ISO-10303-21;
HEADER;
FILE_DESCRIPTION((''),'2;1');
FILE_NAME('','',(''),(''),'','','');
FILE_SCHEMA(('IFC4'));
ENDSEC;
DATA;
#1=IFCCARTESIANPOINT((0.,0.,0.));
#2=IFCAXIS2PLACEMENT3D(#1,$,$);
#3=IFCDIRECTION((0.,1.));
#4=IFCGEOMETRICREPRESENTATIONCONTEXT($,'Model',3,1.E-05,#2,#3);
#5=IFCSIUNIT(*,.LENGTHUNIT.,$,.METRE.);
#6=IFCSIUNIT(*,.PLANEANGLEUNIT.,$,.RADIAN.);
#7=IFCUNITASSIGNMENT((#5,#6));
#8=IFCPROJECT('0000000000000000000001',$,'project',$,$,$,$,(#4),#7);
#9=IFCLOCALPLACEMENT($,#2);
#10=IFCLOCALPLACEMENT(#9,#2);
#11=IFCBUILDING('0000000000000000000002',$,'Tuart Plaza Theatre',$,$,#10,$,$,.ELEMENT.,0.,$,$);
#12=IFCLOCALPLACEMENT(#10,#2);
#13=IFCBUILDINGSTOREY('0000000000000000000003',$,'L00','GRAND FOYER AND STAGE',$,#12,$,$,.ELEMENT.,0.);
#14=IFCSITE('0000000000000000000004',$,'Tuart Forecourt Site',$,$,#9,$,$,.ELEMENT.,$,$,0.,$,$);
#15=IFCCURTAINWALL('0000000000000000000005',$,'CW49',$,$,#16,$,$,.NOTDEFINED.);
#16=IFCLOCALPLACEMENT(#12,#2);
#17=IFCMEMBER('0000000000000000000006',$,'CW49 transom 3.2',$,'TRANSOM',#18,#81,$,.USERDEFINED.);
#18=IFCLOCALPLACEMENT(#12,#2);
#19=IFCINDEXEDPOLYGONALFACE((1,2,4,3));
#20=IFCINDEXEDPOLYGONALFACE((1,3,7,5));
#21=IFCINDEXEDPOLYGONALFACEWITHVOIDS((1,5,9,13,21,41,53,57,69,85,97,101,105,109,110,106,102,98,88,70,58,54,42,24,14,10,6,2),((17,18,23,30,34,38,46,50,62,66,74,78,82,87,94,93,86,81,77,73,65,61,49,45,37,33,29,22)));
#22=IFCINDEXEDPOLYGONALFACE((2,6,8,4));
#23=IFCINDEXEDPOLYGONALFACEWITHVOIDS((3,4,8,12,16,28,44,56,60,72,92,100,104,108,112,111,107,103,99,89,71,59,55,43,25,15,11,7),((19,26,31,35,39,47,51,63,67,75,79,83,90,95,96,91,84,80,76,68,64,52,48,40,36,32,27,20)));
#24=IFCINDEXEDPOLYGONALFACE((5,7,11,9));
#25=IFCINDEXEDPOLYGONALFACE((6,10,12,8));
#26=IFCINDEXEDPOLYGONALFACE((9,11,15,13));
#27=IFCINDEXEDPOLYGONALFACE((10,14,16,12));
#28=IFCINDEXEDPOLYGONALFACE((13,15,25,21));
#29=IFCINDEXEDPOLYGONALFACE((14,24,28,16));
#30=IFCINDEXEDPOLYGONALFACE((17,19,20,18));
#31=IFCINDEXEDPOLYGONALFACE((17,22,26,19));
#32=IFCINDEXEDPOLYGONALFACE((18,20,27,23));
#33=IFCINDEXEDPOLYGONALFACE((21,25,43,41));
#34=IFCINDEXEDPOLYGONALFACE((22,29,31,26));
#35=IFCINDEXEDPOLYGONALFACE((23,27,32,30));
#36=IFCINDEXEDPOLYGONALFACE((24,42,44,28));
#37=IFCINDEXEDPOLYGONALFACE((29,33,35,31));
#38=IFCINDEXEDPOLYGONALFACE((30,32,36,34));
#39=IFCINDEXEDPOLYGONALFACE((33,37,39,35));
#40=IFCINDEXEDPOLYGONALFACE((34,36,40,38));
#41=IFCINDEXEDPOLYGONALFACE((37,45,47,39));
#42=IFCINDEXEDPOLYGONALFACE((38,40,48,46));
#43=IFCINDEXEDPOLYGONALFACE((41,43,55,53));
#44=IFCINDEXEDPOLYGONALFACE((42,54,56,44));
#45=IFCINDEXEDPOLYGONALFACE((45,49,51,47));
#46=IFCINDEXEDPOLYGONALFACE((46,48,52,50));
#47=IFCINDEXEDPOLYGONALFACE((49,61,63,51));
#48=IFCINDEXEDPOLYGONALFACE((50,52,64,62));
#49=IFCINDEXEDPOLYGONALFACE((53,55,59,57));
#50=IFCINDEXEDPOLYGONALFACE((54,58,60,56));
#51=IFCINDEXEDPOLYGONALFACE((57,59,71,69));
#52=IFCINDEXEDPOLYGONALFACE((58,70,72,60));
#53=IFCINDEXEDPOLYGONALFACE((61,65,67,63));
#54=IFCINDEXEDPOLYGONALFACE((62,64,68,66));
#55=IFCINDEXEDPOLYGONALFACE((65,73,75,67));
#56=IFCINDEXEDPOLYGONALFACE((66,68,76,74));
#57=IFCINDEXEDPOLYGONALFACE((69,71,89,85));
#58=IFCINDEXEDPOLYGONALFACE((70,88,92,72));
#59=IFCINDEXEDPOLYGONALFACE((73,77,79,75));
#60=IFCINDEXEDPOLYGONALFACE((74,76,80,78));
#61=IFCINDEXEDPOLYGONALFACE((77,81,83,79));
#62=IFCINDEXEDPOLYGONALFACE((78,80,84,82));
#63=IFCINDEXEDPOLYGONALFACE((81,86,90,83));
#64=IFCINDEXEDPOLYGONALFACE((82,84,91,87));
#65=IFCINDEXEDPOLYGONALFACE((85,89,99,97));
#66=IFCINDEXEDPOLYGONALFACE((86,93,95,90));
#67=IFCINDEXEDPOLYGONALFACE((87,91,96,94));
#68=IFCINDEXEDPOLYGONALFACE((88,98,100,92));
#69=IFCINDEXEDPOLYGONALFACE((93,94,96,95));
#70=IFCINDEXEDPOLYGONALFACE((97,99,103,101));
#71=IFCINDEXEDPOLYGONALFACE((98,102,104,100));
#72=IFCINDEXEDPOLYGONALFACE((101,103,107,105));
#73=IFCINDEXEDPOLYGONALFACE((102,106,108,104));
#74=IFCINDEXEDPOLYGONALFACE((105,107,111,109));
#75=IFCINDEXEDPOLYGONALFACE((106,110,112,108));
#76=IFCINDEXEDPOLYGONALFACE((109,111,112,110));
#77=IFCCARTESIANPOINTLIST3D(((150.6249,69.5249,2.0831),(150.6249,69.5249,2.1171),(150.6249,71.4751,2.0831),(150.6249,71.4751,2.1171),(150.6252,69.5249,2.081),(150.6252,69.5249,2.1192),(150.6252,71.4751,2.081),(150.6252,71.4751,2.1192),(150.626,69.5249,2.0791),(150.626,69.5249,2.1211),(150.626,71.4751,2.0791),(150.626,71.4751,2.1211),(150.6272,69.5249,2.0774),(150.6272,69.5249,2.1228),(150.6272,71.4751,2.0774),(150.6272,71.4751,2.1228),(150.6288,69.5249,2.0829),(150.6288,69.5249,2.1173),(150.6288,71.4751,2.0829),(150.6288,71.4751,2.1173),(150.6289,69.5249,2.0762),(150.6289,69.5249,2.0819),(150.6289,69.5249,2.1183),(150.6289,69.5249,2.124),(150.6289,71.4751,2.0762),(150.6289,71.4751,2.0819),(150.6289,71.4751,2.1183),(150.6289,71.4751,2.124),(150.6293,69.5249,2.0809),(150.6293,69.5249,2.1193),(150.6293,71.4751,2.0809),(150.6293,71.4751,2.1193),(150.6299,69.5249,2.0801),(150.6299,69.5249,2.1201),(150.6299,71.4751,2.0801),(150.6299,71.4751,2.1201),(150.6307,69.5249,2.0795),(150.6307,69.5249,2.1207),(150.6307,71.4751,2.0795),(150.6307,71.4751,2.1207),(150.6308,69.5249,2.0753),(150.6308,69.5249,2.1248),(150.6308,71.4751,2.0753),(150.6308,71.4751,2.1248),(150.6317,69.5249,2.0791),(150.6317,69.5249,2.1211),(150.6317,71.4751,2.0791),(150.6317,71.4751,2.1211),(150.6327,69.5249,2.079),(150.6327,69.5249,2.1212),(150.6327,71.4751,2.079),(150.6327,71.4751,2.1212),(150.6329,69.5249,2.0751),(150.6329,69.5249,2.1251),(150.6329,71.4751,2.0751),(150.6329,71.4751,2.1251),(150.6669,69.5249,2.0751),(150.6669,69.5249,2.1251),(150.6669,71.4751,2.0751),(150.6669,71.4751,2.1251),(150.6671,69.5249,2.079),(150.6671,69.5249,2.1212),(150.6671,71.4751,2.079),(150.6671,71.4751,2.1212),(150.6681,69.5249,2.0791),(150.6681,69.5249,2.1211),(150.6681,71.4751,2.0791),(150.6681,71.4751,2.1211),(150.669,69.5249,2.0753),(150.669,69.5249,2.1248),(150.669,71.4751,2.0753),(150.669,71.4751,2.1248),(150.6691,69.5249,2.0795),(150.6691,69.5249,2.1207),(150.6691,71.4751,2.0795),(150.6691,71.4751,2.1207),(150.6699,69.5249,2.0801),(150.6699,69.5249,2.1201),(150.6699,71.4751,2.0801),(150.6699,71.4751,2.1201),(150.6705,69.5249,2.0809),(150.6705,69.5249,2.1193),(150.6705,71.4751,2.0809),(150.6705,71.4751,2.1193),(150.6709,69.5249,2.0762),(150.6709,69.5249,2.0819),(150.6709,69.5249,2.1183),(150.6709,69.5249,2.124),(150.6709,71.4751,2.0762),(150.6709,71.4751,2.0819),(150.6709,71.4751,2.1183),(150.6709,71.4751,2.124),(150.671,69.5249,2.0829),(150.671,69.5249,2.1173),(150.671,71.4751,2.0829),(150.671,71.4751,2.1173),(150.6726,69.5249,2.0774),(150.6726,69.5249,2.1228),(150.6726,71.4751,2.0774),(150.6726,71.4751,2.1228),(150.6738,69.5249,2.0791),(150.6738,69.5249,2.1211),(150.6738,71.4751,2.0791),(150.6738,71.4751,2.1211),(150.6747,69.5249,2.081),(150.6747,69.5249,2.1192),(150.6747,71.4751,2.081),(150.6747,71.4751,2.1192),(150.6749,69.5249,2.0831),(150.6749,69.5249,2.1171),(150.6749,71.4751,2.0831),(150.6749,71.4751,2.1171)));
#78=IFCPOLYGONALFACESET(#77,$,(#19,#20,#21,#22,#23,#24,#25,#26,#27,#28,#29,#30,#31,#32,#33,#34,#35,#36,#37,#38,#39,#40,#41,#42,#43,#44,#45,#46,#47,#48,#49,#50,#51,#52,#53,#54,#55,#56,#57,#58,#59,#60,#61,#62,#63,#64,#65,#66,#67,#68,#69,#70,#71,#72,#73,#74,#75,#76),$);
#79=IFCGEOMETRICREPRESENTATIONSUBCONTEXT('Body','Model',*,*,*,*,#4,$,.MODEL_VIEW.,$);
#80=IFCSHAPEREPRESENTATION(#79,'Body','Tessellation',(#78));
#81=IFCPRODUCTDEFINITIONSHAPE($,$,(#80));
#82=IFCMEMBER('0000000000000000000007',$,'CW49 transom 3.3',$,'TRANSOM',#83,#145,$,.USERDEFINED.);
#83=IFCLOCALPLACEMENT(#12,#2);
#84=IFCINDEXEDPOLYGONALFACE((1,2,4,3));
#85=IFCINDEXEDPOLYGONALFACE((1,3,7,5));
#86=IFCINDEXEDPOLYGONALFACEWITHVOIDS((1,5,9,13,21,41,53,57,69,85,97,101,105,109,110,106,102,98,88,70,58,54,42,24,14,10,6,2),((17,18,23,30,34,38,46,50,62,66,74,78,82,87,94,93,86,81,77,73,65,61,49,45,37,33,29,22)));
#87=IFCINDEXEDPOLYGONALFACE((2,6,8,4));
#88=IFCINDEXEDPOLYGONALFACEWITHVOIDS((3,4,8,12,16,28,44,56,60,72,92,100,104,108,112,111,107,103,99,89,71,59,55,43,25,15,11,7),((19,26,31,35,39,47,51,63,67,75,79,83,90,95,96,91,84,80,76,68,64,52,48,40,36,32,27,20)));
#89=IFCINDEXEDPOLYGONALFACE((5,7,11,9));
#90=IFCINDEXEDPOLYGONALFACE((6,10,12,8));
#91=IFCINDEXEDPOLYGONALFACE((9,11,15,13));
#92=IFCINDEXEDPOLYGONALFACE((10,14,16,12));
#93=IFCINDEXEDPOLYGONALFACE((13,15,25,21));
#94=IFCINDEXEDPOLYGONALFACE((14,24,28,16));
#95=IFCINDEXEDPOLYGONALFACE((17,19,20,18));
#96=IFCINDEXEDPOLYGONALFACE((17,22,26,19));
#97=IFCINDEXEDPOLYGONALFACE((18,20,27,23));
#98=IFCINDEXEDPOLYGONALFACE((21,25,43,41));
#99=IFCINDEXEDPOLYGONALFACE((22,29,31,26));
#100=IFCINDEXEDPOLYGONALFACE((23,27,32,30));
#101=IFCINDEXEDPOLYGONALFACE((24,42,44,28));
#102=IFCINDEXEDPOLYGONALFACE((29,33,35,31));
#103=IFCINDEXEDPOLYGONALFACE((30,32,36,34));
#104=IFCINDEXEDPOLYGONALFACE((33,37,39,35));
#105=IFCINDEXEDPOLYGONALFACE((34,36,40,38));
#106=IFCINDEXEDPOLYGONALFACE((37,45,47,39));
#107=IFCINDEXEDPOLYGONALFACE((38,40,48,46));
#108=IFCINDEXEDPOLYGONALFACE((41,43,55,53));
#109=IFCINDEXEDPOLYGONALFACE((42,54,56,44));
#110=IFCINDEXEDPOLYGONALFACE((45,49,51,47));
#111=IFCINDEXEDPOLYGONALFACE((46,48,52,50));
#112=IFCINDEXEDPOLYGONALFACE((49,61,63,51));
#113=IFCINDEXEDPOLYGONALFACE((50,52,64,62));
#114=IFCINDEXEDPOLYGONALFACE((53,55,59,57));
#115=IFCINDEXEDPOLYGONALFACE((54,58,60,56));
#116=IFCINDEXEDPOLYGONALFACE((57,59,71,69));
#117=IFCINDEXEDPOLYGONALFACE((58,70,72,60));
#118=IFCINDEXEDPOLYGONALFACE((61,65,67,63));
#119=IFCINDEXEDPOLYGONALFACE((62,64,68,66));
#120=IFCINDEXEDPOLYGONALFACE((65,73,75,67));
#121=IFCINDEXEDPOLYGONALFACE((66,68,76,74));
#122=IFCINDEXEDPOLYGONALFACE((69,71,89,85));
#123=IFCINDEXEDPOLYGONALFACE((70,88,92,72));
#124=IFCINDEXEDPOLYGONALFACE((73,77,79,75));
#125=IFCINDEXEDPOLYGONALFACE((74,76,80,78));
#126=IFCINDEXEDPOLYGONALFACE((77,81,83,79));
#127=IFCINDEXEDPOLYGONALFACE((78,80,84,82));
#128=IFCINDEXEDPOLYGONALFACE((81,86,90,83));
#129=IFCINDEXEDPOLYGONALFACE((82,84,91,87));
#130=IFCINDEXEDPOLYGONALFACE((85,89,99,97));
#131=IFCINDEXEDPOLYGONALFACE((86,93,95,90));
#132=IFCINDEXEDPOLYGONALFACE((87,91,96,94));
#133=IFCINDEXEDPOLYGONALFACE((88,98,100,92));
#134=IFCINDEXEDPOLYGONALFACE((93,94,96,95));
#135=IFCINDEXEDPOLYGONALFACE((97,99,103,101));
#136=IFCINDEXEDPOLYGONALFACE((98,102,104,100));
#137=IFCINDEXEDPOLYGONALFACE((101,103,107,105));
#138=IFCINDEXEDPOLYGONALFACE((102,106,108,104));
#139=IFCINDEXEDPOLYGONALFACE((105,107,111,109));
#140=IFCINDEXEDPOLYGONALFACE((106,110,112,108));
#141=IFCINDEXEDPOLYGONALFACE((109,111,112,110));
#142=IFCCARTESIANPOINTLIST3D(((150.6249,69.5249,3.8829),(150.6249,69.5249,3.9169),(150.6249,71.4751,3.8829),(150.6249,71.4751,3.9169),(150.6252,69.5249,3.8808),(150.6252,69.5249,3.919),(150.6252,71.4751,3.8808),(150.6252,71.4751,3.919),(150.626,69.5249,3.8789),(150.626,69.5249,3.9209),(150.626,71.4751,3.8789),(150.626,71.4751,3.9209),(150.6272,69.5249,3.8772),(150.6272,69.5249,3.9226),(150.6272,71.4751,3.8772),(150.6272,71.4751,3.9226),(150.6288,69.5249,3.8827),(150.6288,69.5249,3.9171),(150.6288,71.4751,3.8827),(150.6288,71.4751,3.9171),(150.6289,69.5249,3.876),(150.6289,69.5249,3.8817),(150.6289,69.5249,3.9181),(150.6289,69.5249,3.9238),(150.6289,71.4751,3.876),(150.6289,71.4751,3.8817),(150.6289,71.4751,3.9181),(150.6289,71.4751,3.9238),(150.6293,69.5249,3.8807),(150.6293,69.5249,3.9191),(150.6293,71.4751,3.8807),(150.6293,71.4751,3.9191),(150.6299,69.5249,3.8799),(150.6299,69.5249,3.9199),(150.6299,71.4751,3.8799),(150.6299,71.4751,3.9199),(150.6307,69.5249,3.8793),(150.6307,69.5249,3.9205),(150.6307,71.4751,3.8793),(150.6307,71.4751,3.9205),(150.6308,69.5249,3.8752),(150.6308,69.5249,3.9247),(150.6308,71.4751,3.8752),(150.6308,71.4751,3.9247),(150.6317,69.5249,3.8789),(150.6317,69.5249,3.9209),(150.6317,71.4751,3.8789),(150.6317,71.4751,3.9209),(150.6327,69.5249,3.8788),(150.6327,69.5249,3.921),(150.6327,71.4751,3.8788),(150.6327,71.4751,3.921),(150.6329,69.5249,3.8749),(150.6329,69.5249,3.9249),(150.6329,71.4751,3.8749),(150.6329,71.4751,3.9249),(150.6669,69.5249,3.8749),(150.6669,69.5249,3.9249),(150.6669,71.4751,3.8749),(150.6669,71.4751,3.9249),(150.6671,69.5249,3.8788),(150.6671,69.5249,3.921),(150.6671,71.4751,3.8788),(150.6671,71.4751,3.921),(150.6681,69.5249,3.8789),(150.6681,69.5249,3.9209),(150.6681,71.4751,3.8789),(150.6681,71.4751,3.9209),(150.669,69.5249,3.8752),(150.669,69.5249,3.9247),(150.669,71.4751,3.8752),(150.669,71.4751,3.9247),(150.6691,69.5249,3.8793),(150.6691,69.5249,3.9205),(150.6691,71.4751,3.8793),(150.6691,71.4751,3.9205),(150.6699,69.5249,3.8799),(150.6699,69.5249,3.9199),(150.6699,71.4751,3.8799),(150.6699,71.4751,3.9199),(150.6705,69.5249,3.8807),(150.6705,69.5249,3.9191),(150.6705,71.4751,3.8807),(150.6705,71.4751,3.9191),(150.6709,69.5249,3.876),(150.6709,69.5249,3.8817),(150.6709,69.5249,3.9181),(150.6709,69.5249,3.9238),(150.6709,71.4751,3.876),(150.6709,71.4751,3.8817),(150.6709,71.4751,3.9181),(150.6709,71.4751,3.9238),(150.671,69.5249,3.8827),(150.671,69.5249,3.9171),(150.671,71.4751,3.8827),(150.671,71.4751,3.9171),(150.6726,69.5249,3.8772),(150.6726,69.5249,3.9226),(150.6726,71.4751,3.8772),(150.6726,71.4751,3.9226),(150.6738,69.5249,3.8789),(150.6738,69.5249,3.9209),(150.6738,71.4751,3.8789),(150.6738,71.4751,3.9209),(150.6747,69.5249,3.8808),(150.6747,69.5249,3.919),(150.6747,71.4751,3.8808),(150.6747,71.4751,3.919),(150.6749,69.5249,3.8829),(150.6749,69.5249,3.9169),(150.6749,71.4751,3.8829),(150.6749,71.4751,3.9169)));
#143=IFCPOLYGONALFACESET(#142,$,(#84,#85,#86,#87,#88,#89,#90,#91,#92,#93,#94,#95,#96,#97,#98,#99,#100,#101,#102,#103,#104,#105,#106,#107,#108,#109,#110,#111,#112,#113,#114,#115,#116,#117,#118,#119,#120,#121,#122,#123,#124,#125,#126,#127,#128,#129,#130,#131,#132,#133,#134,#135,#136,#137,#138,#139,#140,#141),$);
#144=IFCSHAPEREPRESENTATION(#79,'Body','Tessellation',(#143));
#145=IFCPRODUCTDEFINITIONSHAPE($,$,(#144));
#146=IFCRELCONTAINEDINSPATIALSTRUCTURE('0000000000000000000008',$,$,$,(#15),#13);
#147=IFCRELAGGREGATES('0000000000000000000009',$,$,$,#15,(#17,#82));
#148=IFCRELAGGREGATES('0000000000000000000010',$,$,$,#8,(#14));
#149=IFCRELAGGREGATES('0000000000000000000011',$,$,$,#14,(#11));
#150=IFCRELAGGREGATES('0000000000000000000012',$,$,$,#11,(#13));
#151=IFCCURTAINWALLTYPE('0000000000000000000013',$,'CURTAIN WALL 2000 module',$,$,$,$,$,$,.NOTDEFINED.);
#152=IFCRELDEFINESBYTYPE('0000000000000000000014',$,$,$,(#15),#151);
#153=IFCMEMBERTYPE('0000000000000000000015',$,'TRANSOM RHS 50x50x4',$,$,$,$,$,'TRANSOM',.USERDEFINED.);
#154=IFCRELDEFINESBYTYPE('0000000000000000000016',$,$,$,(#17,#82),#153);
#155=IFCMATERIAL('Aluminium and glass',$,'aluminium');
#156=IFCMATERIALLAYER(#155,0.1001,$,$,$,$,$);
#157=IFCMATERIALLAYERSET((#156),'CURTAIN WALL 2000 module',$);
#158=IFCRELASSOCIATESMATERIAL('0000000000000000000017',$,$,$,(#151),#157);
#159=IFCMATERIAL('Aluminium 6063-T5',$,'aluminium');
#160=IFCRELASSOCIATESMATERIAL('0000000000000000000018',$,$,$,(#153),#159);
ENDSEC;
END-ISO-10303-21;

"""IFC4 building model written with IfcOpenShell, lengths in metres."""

from ifc_helpers import new_model, si_unit, direction, frame, origin, origin_2d, place, context, subcontext, project, spatial, hollow_rectangle, extrude, material, layer, layer_set, material_profile, profile_set, type_object, element, aggregate, save


model = new_model("IFC4")

# Units and contexts
model_context = context("Model", 3, precision=1e-05, world=origin(), true_north=direction((0.0, 1.0)))
body_context = subcontext(model_context, "Body", "Model", "MODEL_VIEW")
ifc_project = project(units=[si_unit("LENGTHUNIT", "METRE"), si_unit("PLANEANGLEUNIT", "RADIAN")], contexts=[model_context])

# Site, building, storey
site_placement = place(None, origin())
site = spatial("IfcSite", under=ifc_project, at=site_placement, Name="Tuart Forecourt Site", CompositionType="ELEMENT", RefElevation=0.0)
building_placement = place(site_placement, origin())
building = spatial("IfcBuilding", under=site, at=building_placement, Name="Tuart Plaza Theatre", CompositionType="ELEMENT", ElevationOfRefHeight=0.0)
storey_placement = place(building_placement, origin())
storey = spatial("IfcBuildingStorey", under=building, at=storey_placement, Name="L00", Description="GRAND FOYER AND STAGE", CompositionType="ELEMENT", Elevation=0.0)

# Curtain wall, members
ifc_material_1 = material(Name="Aluminium and glass", Category="aluminium")
ifc_layer_1 = layer(ifc_material_1, 0.1001)
ifc_layer_set_1 = layer_set([ifc_layer_1], Name="CURTAIN WALL 2000 module")
curtain_wall_type = type_object("IfcCurtainWallType", Name="CURTAIN WALL 2000 module", PredefinedType="NOTDEFINED", material=ifc_layer_set_1)
curtain_wall_placement = place(storey_placement, origin())
curtain_wall = element("IfcCurtainWall", 1, at=curtain_wall_placement, inside=storey, type_object=curtain_wall_type, Name="CW49", PredefinedType="NOTDEFINED")
ifc_material_2 = material(Name="Aluminium 6063-T5", Category="aluminium")
ifc_material_profile_1 = material_profile(ifc_material_2, hollow_rectangle(XDim=0.05, YDim=0.05, WallThickness=0.0039, InnerFilletRadius=0.0039, OuterFilletRadius=0.0081, at=origin_2d()), Name="RHS 50x50x4")
ifc_profile_set_1 = profile_set([ifc_material_profile_1], Name="Aluminium 6063-T5")
member_type_1 = type_object("IfcMemberType", Name="TRANSOM RHS 50x50x4", ElementType="TRANSOM", PredefinedType="USERDEFINED", material=ifc_profile_set_1)
member_1_placement = place(storey_placement, frame((150.6499, 69.5249, 2.1001), z_axis=(0.0, 1.0, 0.0), x_axis=(-1.0, 0.0, 0.0)))
member_1 = element("IfcMember", 2, at=member_1_placement, type_object=member_type_1, Name="CW49 transom 3.2", ObjectType="TRANSOM", PredefinedType="USERDEFINED", context=body_context, shape_type="SweptSolid", body=[
    extrude(hollow_rectangle(XDim=0.05, YDim=0.05, WallThickness=0.0039, InnerFilletRadius=0.0039, OuterFilletRadius=0.0081, at=origin_2d()), origin(), (0.0, 0.0, 1.0), 1.9502),
])
member_2_placement = place(storey_placement, frame((150.6499, 69.5249, 3.8999), z_axis=(0.0, 1.0, 0.0), x_axis=(-1.0, 0.0, 0.0)))
member_2 = element("IfcMember", 3, at=member_2_placement, type_object=member_type_1, Name="CW49 transom 3.3", ObjectType="TRANSOM", PredefinedType="USERDEFINED", context=body_context, shape_type="SweptSolid", body=[
    extrude(hollow_rectangle(XDim=0.05, YDim=0.05, WallThickness=0.0039, InnerFilletRadius=0.0039, OuterFilletRadius=0.0081, at=origin_2d()), origin(), (0.0, 0.0, 1.0), 1.9502),
])
aggregate(curtain_wall, [member_1, member_2])

save(model, "model.ifc")
